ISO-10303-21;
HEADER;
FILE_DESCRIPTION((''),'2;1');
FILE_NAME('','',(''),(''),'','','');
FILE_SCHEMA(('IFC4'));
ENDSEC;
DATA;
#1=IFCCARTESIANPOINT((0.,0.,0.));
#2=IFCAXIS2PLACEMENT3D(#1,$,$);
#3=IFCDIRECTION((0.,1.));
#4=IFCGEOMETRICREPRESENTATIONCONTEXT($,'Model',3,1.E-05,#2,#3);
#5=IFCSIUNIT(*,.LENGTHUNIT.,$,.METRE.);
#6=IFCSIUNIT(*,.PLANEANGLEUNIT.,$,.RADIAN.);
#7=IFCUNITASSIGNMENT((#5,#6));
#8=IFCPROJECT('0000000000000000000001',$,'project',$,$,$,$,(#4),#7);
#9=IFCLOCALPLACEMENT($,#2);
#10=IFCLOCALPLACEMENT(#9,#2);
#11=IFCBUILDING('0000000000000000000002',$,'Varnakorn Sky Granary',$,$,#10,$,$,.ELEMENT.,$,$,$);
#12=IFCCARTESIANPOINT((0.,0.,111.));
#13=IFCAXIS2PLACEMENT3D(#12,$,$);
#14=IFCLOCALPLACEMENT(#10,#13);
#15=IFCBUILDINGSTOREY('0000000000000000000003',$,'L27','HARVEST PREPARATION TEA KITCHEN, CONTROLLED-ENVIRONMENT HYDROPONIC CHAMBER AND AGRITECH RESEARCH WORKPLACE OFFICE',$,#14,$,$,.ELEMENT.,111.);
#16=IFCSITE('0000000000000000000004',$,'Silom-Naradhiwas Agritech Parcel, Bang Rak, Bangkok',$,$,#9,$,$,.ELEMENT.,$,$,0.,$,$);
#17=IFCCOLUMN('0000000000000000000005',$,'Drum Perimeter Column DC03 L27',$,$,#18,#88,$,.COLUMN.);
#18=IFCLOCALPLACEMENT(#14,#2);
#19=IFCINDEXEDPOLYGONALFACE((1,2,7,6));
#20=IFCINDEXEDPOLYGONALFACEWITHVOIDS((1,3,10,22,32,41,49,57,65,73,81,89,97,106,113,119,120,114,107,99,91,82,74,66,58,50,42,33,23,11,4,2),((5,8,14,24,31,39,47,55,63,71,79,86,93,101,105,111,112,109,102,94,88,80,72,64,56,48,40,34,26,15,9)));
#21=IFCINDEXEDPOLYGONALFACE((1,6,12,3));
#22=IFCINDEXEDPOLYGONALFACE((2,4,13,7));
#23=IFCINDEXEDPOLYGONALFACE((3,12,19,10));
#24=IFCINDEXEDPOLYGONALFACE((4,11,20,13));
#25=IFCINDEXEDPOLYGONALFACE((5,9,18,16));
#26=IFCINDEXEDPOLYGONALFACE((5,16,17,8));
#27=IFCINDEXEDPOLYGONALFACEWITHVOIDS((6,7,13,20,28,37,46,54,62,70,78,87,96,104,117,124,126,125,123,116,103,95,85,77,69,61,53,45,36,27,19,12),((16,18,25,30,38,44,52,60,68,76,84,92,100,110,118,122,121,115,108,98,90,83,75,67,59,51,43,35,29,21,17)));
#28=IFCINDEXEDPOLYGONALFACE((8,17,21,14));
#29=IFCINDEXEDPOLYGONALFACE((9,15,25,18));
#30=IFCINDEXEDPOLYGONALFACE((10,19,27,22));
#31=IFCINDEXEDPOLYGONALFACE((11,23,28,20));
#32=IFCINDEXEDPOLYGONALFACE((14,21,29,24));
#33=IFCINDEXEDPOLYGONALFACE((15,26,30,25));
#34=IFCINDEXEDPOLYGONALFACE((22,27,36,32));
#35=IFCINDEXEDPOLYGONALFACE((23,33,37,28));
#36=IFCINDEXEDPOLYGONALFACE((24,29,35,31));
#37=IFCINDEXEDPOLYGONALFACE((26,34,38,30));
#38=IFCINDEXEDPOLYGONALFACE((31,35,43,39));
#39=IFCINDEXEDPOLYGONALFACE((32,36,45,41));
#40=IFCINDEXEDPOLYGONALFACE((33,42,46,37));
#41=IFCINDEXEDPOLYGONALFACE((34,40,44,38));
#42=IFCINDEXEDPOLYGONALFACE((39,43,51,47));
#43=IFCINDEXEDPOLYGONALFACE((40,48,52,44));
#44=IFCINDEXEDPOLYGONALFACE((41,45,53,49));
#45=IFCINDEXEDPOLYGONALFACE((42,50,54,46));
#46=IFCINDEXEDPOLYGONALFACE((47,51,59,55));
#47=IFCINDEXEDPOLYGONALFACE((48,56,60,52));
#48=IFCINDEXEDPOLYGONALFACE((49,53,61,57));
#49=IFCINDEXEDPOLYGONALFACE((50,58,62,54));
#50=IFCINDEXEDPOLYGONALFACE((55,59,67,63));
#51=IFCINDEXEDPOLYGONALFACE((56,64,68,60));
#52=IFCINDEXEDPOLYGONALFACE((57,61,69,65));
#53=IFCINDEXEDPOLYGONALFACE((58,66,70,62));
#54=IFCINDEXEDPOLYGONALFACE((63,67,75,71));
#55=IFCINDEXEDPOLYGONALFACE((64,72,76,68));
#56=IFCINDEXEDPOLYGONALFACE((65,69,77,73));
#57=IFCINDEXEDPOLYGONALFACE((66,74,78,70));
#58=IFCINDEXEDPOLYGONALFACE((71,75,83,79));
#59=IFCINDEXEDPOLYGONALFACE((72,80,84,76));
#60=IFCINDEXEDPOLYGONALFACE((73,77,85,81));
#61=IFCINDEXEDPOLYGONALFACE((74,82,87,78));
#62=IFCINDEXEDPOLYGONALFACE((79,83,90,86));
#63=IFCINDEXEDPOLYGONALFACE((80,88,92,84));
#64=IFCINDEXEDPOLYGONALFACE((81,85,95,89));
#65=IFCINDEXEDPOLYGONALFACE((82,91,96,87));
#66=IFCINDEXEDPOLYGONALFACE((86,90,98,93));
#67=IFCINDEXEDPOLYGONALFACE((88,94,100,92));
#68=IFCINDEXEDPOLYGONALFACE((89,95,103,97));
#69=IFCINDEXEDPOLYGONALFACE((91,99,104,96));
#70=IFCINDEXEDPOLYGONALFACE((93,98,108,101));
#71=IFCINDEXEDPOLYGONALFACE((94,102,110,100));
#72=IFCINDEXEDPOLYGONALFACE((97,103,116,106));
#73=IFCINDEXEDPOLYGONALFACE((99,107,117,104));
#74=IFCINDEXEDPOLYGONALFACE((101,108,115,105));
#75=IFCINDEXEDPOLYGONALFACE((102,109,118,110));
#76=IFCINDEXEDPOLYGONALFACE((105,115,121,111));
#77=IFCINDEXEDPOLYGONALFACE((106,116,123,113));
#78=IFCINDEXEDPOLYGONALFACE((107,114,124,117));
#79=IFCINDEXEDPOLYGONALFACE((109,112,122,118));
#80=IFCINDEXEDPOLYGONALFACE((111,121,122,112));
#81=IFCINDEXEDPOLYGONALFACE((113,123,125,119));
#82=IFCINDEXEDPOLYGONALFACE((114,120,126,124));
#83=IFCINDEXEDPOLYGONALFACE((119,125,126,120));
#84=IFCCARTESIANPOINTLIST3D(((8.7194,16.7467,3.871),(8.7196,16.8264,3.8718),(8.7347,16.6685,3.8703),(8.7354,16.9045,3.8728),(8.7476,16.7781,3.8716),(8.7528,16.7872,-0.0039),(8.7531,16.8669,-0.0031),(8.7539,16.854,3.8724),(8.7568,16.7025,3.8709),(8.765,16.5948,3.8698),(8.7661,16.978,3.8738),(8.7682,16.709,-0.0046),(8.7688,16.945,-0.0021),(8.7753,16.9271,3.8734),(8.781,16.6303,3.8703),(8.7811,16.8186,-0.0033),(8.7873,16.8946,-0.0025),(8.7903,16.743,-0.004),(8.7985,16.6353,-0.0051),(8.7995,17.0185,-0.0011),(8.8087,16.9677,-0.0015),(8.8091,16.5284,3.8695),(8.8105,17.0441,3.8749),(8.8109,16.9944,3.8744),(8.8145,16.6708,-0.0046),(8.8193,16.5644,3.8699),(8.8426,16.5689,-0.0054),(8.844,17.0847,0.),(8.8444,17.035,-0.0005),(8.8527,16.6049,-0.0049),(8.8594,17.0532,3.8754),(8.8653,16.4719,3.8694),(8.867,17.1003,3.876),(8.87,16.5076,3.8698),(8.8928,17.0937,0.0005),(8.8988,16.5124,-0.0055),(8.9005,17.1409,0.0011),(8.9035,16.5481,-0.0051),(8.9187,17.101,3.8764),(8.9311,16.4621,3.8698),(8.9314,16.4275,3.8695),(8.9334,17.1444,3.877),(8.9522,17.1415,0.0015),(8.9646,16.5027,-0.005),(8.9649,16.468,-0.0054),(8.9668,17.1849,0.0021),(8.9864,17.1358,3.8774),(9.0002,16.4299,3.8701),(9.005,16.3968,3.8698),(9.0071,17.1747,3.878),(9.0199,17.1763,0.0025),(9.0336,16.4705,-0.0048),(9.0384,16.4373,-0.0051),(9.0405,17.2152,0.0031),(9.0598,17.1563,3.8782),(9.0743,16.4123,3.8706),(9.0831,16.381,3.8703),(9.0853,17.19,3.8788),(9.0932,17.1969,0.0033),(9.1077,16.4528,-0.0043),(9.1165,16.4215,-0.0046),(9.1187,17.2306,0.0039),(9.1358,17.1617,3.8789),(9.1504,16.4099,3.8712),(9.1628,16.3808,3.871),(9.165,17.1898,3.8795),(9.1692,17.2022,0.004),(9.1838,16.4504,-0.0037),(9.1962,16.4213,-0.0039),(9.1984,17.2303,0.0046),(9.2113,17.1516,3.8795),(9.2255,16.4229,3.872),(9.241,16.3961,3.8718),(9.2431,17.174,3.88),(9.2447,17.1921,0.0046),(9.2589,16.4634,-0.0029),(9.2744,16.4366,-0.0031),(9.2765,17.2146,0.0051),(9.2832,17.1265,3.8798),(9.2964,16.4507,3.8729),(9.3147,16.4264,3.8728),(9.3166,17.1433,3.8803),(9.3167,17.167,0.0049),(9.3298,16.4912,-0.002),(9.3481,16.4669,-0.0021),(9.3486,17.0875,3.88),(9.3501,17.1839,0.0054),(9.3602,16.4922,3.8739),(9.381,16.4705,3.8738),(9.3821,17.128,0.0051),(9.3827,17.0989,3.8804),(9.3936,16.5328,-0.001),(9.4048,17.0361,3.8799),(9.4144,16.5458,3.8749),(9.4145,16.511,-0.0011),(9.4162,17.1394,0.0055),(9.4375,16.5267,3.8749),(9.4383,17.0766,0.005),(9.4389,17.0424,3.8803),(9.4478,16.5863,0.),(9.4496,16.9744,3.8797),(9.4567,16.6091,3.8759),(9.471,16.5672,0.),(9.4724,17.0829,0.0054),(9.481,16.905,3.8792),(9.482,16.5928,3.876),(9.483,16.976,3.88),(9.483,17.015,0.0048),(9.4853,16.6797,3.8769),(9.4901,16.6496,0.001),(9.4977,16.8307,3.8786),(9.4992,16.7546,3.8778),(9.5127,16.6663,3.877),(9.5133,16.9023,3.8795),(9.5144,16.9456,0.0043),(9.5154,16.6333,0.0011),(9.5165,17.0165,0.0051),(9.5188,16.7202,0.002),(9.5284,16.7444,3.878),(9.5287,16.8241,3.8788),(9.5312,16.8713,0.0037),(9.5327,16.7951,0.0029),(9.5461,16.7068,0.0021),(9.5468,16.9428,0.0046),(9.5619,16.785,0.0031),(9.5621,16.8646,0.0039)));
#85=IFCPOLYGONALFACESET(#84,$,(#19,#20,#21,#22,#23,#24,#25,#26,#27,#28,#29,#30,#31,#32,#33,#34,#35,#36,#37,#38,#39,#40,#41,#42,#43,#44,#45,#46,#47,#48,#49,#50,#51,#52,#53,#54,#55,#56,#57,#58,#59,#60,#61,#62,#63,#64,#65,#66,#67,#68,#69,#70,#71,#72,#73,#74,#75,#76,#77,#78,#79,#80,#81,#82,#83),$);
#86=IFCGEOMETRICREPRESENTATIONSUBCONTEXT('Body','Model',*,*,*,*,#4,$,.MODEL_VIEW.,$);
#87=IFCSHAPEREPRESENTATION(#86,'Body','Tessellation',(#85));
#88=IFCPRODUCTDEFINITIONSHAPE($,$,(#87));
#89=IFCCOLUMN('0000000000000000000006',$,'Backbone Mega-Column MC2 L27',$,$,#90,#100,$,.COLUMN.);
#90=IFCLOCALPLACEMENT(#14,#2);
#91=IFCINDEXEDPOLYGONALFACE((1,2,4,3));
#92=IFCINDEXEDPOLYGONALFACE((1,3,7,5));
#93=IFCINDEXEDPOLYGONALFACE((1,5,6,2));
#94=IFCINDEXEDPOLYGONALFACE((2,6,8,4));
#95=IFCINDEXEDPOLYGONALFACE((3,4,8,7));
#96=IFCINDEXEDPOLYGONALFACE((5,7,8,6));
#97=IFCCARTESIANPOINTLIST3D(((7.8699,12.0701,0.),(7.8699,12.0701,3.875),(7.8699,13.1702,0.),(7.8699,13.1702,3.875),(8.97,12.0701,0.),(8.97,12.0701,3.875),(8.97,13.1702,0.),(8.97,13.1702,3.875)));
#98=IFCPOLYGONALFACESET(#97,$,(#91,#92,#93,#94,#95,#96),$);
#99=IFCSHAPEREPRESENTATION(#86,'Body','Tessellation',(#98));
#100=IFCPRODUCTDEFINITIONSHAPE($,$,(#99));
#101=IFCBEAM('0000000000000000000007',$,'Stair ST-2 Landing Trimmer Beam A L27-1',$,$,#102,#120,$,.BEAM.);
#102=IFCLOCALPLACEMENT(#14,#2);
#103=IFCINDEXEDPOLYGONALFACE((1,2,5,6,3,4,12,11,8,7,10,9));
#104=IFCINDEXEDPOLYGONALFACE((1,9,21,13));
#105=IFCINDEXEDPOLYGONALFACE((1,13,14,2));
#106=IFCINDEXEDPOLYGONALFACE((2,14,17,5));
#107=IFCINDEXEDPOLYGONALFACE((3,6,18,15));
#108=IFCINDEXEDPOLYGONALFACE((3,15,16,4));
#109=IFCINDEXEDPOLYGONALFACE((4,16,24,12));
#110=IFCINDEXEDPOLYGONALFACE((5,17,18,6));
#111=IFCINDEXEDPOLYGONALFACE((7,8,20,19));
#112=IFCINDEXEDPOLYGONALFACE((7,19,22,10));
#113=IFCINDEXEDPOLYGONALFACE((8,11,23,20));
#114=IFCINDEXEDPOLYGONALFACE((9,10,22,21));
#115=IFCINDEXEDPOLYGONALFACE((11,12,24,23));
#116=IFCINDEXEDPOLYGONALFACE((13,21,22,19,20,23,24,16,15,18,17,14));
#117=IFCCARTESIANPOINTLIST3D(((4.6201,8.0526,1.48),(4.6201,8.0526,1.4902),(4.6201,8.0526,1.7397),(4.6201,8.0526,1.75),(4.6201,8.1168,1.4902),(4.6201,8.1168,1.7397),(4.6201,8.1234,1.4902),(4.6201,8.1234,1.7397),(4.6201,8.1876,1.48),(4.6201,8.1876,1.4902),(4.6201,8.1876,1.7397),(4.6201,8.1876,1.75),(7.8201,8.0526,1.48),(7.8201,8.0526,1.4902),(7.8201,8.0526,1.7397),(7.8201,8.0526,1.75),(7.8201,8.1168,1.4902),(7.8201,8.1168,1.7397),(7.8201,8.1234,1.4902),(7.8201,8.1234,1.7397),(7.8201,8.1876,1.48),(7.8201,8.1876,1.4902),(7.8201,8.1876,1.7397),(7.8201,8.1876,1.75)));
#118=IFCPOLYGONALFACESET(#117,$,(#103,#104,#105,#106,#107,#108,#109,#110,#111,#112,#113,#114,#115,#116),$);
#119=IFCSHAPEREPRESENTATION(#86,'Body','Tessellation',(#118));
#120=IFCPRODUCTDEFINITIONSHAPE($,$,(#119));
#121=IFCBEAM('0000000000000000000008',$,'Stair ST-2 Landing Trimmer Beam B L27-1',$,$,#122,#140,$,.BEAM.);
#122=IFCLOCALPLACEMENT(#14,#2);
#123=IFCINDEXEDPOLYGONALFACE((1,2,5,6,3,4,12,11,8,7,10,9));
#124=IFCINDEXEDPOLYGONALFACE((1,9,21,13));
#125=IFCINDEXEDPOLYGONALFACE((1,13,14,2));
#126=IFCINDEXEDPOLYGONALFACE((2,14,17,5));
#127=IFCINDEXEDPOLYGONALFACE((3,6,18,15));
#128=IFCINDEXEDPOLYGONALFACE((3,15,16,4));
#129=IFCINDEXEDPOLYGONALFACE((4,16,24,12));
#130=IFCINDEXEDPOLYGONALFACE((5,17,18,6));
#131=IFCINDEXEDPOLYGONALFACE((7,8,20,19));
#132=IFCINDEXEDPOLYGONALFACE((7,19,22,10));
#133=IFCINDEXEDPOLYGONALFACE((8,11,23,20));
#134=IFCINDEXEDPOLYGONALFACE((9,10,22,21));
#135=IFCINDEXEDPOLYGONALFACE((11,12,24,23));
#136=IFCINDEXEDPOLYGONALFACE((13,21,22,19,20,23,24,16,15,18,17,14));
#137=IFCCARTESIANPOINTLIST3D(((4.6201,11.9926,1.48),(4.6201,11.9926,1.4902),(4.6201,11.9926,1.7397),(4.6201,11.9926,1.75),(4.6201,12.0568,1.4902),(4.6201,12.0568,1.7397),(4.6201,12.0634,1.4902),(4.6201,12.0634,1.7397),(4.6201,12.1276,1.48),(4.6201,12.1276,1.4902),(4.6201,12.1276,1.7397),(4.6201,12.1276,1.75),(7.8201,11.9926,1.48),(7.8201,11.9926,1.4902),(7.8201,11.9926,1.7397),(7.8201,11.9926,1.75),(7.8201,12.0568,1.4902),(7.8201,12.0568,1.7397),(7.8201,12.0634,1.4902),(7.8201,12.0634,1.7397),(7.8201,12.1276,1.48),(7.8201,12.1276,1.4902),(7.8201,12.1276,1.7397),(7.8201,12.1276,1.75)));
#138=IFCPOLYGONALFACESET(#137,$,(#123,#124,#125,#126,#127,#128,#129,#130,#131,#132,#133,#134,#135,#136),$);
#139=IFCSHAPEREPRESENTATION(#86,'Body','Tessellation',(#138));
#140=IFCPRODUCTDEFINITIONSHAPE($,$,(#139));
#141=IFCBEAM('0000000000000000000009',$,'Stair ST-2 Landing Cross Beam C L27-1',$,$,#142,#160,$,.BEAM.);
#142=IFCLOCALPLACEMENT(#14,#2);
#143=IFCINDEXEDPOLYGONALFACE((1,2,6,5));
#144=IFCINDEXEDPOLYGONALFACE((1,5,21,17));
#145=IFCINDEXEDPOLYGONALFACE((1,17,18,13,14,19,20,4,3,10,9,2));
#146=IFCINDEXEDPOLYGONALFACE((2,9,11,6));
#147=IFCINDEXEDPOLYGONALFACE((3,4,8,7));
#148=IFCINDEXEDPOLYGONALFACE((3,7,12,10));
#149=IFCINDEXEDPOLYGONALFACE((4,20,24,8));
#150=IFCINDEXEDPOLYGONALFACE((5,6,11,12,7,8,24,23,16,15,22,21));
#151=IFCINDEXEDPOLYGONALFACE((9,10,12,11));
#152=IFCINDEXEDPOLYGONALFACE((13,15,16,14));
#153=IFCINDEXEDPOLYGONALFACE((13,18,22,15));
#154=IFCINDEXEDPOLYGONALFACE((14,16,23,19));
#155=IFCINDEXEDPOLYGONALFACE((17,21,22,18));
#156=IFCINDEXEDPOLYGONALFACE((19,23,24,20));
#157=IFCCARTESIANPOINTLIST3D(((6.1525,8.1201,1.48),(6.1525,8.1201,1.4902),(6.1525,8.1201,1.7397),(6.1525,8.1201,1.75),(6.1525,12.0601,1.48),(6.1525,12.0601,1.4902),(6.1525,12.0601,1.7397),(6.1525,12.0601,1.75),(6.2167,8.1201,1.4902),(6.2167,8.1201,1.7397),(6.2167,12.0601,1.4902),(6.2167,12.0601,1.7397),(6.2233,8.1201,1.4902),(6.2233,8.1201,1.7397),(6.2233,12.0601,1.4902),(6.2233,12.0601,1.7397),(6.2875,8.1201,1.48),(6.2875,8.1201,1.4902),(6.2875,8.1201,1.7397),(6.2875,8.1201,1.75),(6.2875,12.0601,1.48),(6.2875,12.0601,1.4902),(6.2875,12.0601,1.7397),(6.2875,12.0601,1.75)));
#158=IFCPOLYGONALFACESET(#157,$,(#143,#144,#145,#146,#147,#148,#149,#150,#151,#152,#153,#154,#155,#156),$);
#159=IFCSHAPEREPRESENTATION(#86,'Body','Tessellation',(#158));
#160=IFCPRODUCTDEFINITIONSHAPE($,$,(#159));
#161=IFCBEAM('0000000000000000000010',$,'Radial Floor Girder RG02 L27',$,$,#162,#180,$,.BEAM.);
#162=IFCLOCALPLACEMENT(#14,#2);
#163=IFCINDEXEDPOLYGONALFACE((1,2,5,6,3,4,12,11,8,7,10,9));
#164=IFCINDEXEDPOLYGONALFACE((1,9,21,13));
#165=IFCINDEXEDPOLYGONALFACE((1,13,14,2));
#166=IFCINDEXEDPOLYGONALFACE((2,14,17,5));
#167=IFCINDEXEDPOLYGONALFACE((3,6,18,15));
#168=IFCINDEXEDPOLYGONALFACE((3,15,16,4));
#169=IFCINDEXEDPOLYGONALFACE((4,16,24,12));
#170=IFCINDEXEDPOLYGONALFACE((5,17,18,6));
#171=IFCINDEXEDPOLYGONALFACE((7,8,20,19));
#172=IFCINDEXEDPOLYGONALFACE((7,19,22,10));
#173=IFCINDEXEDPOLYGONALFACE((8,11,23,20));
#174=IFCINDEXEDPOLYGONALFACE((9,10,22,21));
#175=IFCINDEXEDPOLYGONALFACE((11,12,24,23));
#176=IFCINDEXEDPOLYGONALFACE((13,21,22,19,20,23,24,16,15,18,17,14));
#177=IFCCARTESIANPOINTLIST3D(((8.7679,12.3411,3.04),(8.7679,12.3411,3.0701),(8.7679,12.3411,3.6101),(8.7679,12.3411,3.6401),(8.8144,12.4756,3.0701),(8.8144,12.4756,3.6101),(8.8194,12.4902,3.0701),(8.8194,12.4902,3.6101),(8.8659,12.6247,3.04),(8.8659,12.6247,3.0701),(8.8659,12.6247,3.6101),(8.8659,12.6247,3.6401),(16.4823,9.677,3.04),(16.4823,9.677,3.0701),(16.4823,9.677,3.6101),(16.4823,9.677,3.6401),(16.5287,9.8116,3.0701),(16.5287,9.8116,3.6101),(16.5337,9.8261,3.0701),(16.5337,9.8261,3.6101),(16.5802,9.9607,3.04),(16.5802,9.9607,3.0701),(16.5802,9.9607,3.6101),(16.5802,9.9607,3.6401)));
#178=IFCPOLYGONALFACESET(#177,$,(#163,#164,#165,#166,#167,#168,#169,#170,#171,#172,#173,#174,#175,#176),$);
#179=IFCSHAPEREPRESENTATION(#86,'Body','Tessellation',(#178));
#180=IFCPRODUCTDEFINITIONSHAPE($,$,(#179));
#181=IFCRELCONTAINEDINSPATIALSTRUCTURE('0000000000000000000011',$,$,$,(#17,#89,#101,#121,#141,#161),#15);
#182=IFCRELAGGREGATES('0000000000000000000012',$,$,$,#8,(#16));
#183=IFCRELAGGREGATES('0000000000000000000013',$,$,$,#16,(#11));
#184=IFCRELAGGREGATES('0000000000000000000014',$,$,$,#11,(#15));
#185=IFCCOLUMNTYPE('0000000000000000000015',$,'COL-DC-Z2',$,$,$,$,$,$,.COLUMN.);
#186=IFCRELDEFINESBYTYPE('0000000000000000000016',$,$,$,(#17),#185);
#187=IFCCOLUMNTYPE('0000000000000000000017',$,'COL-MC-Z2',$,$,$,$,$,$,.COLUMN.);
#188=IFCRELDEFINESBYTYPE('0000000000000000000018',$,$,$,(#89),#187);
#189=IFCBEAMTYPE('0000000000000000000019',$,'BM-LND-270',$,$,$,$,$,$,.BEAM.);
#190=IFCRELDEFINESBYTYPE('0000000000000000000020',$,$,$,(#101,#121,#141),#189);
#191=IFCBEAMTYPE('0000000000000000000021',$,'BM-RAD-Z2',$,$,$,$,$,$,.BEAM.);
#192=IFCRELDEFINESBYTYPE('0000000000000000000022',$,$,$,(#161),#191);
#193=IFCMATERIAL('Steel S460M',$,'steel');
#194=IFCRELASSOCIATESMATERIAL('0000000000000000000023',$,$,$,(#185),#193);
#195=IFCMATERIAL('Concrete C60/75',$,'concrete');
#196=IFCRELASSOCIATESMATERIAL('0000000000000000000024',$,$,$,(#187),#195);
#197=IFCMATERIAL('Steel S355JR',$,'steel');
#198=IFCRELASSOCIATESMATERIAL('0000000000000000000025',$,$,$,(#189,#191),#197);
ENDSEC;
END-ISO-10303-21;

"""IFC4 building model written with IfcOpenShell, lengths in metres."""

from ifc_helpers import new_model, si_unit, direction, frame, origin, origin_2d, place, context, subcontext, project, spatial, rectangle, hollow_circle, i_section, extrude, material, material_profile, profile_set, type_object, element, save


model = new_model("IFC4")

# Units and contexts
model_context = context("Model", 3, precision=1e-05, world=origin(), true_north=direction((0.0, 1.0)))
body_context = subcontext(model_context, "Body", "Model", "MODEL_VIEW")
ifc_project = project(units=[si_unit("LENGTHUNIT", "METRE"), si_unit("PLANEANGLEUNIT", "RADIAN")], contexts=[model_context])

# Site, building, storey
site_placement = place(None, origin())
site = spatial("IfcSite", under=ifc_project, at=site_placement, Name="Silom-Naradhiwas Agritech Parcel, Bang Rak, Bangkok", CompositionType="ELEMENT", RefElevation=0.0)
building_placement = place(site_placement, origin())
building = spatial("IfcBuilding", under=site, at=building_placement, Name="Varnakorn Sky Granary", CompositionType="ELEMENT")
storey_placement = place(building_placement, frame((0.0, 0.0, 111.0)))
storey = spatial("IfcBuildingStorey", under=building, at=storey_placement, Name="L27", Description="HARVEST PREPARATION TEA KITCHEN, CONTROLLED-ENVIRONMENT HYDROPONIC CHAMBER AND AGRITECH RESEARCH WORKPLACE OFFICE", CompositionType="ELEMENT", Elevation=111.0)

# Columns
ifc_material_1 = material(Name="Steel S460M", Category="steel")
ifc_material_profile_1 = material_profile(ifc_material_1, hollow_circle(Radius=0.4065, WallThickness=0.03, at=origin_2d()), Name="CHS 813x30")
ifc_profile_set_1 = profile_set([ifc_material_profile_1], Name="Steel S460M")
column_type_1 = type_object("IfcColumnType", Name="COL-DC-Z2", PredefinedType="COLUMN", material=ifc_profile_set_1)
column_1_placement = place(storey_placement, frame((9.1575, 16.8259, 0.0), z_axis=(-0.008631, -0.010458, 0.999908), x_axis=(0.771259, -0.636521, 0.0)))
element("IfcColumn", 1, at=column_1_placement, inside=storey, type_object=column_type_1, Name="Drum Perimeter Column DC03 L27", PredefinedType="COLUMN", context=body_context, shape_type="SweptSolid", body=[
    extrude(hollow_circle(Radius=0.4065, WallThickness=0.03, at=origin_2d()), origin(), (0.0, 0.0, 1.0), 3.8752),
])
ifc_material_2 = material(Name="Concrete C60/75", Category="concrete")
ifc_material_profile_2 = material_profile(ifc_material_2, rectangle(XDim=1.1001, YDim=1.1001, at=origin_2d()), Name="RC 1100x1100")
ifc_profile_set_2 = profile_set([ifc_material_profile_2], Name="Concrete C60/75")
column_type_2 = type_object("IfcColumnType", Name="COL-MC-Z2", PredefinedType="COLUMN", material=ifc_profile_set_2)
column_2_placement = place(storey_placement, frame((8.4199, 12.6201, 0.0), z_axis=(0.0, 0.0, 1.0), x_axis=(1.0, 0.0, 0.0)))
element("IfcColumn", 2, at=column_2_placement, inside=storey, type_object=column_type_2, Name="Backbone Mega-Column MC2 L27", PredefinedType="COLUMN", context=body_context, shape_type="SweptSolid", body=[
    extrude(rectangle(XDim=1.1001, YDim=1.1001, at=origin_2d()), origin(), (0.0, 0.0, 1.0), 3.875),
])

# Beams
ifc_material_3 = material(Name="Steel S355JR", Category="steel")
ifc_material_profile_3 = material_profile(ifc_material_3, i_section(OverallWidth=0.135, OverallDepth=0.27, WebThickness=0.0066, FlangeThickness=0.0103, at=origin_2d()), Name="IPE 270")
ifc_profile_set_3 = profile_set([ifc_material_profile_3], Name="Steel S355JR")
beam_type_1 = type_object("IfcBeamType", Name="BM-LND-270", PredefinedType="BEAM", material=ifc_profile_set_3)
for number, where, z_axis, x_axis, name in (
    (3, (4.6201, 8.1201, 1.615), (1.0, 0.0, 0.0), (0.0, 1.0, 0.0), "Stair ST-2 Landing Trimmer Beam A L27-1"),
    (4, (4.6201, 12.0601, 1.615), (1.0, 0.0, 0.0), (0.0, 1.0, 0.0), "Stair ST-2 Landing Trimmer Beam B L27-1"),
):
    element("IfcBeam", number, at=place(storey_placement, frame(where, z_axis=z_axis, x_axis=x_axis)), inside=storey, type_object=beam_type_1, Name=name, PredefinedType="BEAM", context=body_context, shape_type="SweptSolid", body=[
        extrude(i_section(OverallWidth=0.135, OverallDepth=0.27, WebThickness=0.0066, FlangeThickness=0.0103, at=origin_2d()), origin(), (0.0, 0.0, 1.0), 3.2),
    ])
beam_1_placement = place(storey_placement, frame((6.22, 8.1201, 1.615), z_axis=(0.0, 1.0, 0.0), x_axis=(-1.0, 0.0, 0.0)))
element("IfcBeam", 5, at=beam_1_placement, inside=storey, type_object=beam_type_1, Name="Stair ST-2 Landing Cross Beam C L27-1", PredefinedType="BEAM", context=body_context, shape_type="SweptSolid", body=[
    extrude(i_section(OverallWidth=0.135, OverallDepth=0.27, WebThickness=0.0066, FlangeThickness=0.0103, at=origin_2d()), origin(), (0.0, 0.0, 1.0), 3.9399),
])
ifc_material_profile_4 = material_profile(ifc_material_3, i_section(OverallWidth=0.3, OverallDepth=0.6001, WebThickness=0.0154, FlangeThickness=0.03, at=origin_2d()), Name="HE 600 B")
ifc_profile_set_4 = profile_set([ifc_material_profile_4], Name="Steel S355JR")
beam_type_2 = type_object("IfcBeamType", Name="BM-RAD-Z2", PredefinedType="BEAM", material=ifc_profile_set_4)
beam_2_placement = place(storey_placement, frame((8.8169, 12.4829, 3.3401), z_axis=(0.945224, -0.326422, 0.0), x_axis=(0.326422, 0.945224, 0.0)))
element("IfcBeam", 6, at=beam_2_placement, inside=storey, type_object=beam_type_2, Name="Radial Floor Girder RG02 L27", PredefinedType="BEAM", context=body_context, shape_type="SweptSolid", body=[
    extrude(i_section(OverallWidth=0.3, OverallDepth=0.6001, WebThickness=0.0154, FlangeThickness=0.03, at=origin_2d()), origin(), (0.0, 0.0, 1.0), 8.1614),
])

save(model, "model.ifc")
